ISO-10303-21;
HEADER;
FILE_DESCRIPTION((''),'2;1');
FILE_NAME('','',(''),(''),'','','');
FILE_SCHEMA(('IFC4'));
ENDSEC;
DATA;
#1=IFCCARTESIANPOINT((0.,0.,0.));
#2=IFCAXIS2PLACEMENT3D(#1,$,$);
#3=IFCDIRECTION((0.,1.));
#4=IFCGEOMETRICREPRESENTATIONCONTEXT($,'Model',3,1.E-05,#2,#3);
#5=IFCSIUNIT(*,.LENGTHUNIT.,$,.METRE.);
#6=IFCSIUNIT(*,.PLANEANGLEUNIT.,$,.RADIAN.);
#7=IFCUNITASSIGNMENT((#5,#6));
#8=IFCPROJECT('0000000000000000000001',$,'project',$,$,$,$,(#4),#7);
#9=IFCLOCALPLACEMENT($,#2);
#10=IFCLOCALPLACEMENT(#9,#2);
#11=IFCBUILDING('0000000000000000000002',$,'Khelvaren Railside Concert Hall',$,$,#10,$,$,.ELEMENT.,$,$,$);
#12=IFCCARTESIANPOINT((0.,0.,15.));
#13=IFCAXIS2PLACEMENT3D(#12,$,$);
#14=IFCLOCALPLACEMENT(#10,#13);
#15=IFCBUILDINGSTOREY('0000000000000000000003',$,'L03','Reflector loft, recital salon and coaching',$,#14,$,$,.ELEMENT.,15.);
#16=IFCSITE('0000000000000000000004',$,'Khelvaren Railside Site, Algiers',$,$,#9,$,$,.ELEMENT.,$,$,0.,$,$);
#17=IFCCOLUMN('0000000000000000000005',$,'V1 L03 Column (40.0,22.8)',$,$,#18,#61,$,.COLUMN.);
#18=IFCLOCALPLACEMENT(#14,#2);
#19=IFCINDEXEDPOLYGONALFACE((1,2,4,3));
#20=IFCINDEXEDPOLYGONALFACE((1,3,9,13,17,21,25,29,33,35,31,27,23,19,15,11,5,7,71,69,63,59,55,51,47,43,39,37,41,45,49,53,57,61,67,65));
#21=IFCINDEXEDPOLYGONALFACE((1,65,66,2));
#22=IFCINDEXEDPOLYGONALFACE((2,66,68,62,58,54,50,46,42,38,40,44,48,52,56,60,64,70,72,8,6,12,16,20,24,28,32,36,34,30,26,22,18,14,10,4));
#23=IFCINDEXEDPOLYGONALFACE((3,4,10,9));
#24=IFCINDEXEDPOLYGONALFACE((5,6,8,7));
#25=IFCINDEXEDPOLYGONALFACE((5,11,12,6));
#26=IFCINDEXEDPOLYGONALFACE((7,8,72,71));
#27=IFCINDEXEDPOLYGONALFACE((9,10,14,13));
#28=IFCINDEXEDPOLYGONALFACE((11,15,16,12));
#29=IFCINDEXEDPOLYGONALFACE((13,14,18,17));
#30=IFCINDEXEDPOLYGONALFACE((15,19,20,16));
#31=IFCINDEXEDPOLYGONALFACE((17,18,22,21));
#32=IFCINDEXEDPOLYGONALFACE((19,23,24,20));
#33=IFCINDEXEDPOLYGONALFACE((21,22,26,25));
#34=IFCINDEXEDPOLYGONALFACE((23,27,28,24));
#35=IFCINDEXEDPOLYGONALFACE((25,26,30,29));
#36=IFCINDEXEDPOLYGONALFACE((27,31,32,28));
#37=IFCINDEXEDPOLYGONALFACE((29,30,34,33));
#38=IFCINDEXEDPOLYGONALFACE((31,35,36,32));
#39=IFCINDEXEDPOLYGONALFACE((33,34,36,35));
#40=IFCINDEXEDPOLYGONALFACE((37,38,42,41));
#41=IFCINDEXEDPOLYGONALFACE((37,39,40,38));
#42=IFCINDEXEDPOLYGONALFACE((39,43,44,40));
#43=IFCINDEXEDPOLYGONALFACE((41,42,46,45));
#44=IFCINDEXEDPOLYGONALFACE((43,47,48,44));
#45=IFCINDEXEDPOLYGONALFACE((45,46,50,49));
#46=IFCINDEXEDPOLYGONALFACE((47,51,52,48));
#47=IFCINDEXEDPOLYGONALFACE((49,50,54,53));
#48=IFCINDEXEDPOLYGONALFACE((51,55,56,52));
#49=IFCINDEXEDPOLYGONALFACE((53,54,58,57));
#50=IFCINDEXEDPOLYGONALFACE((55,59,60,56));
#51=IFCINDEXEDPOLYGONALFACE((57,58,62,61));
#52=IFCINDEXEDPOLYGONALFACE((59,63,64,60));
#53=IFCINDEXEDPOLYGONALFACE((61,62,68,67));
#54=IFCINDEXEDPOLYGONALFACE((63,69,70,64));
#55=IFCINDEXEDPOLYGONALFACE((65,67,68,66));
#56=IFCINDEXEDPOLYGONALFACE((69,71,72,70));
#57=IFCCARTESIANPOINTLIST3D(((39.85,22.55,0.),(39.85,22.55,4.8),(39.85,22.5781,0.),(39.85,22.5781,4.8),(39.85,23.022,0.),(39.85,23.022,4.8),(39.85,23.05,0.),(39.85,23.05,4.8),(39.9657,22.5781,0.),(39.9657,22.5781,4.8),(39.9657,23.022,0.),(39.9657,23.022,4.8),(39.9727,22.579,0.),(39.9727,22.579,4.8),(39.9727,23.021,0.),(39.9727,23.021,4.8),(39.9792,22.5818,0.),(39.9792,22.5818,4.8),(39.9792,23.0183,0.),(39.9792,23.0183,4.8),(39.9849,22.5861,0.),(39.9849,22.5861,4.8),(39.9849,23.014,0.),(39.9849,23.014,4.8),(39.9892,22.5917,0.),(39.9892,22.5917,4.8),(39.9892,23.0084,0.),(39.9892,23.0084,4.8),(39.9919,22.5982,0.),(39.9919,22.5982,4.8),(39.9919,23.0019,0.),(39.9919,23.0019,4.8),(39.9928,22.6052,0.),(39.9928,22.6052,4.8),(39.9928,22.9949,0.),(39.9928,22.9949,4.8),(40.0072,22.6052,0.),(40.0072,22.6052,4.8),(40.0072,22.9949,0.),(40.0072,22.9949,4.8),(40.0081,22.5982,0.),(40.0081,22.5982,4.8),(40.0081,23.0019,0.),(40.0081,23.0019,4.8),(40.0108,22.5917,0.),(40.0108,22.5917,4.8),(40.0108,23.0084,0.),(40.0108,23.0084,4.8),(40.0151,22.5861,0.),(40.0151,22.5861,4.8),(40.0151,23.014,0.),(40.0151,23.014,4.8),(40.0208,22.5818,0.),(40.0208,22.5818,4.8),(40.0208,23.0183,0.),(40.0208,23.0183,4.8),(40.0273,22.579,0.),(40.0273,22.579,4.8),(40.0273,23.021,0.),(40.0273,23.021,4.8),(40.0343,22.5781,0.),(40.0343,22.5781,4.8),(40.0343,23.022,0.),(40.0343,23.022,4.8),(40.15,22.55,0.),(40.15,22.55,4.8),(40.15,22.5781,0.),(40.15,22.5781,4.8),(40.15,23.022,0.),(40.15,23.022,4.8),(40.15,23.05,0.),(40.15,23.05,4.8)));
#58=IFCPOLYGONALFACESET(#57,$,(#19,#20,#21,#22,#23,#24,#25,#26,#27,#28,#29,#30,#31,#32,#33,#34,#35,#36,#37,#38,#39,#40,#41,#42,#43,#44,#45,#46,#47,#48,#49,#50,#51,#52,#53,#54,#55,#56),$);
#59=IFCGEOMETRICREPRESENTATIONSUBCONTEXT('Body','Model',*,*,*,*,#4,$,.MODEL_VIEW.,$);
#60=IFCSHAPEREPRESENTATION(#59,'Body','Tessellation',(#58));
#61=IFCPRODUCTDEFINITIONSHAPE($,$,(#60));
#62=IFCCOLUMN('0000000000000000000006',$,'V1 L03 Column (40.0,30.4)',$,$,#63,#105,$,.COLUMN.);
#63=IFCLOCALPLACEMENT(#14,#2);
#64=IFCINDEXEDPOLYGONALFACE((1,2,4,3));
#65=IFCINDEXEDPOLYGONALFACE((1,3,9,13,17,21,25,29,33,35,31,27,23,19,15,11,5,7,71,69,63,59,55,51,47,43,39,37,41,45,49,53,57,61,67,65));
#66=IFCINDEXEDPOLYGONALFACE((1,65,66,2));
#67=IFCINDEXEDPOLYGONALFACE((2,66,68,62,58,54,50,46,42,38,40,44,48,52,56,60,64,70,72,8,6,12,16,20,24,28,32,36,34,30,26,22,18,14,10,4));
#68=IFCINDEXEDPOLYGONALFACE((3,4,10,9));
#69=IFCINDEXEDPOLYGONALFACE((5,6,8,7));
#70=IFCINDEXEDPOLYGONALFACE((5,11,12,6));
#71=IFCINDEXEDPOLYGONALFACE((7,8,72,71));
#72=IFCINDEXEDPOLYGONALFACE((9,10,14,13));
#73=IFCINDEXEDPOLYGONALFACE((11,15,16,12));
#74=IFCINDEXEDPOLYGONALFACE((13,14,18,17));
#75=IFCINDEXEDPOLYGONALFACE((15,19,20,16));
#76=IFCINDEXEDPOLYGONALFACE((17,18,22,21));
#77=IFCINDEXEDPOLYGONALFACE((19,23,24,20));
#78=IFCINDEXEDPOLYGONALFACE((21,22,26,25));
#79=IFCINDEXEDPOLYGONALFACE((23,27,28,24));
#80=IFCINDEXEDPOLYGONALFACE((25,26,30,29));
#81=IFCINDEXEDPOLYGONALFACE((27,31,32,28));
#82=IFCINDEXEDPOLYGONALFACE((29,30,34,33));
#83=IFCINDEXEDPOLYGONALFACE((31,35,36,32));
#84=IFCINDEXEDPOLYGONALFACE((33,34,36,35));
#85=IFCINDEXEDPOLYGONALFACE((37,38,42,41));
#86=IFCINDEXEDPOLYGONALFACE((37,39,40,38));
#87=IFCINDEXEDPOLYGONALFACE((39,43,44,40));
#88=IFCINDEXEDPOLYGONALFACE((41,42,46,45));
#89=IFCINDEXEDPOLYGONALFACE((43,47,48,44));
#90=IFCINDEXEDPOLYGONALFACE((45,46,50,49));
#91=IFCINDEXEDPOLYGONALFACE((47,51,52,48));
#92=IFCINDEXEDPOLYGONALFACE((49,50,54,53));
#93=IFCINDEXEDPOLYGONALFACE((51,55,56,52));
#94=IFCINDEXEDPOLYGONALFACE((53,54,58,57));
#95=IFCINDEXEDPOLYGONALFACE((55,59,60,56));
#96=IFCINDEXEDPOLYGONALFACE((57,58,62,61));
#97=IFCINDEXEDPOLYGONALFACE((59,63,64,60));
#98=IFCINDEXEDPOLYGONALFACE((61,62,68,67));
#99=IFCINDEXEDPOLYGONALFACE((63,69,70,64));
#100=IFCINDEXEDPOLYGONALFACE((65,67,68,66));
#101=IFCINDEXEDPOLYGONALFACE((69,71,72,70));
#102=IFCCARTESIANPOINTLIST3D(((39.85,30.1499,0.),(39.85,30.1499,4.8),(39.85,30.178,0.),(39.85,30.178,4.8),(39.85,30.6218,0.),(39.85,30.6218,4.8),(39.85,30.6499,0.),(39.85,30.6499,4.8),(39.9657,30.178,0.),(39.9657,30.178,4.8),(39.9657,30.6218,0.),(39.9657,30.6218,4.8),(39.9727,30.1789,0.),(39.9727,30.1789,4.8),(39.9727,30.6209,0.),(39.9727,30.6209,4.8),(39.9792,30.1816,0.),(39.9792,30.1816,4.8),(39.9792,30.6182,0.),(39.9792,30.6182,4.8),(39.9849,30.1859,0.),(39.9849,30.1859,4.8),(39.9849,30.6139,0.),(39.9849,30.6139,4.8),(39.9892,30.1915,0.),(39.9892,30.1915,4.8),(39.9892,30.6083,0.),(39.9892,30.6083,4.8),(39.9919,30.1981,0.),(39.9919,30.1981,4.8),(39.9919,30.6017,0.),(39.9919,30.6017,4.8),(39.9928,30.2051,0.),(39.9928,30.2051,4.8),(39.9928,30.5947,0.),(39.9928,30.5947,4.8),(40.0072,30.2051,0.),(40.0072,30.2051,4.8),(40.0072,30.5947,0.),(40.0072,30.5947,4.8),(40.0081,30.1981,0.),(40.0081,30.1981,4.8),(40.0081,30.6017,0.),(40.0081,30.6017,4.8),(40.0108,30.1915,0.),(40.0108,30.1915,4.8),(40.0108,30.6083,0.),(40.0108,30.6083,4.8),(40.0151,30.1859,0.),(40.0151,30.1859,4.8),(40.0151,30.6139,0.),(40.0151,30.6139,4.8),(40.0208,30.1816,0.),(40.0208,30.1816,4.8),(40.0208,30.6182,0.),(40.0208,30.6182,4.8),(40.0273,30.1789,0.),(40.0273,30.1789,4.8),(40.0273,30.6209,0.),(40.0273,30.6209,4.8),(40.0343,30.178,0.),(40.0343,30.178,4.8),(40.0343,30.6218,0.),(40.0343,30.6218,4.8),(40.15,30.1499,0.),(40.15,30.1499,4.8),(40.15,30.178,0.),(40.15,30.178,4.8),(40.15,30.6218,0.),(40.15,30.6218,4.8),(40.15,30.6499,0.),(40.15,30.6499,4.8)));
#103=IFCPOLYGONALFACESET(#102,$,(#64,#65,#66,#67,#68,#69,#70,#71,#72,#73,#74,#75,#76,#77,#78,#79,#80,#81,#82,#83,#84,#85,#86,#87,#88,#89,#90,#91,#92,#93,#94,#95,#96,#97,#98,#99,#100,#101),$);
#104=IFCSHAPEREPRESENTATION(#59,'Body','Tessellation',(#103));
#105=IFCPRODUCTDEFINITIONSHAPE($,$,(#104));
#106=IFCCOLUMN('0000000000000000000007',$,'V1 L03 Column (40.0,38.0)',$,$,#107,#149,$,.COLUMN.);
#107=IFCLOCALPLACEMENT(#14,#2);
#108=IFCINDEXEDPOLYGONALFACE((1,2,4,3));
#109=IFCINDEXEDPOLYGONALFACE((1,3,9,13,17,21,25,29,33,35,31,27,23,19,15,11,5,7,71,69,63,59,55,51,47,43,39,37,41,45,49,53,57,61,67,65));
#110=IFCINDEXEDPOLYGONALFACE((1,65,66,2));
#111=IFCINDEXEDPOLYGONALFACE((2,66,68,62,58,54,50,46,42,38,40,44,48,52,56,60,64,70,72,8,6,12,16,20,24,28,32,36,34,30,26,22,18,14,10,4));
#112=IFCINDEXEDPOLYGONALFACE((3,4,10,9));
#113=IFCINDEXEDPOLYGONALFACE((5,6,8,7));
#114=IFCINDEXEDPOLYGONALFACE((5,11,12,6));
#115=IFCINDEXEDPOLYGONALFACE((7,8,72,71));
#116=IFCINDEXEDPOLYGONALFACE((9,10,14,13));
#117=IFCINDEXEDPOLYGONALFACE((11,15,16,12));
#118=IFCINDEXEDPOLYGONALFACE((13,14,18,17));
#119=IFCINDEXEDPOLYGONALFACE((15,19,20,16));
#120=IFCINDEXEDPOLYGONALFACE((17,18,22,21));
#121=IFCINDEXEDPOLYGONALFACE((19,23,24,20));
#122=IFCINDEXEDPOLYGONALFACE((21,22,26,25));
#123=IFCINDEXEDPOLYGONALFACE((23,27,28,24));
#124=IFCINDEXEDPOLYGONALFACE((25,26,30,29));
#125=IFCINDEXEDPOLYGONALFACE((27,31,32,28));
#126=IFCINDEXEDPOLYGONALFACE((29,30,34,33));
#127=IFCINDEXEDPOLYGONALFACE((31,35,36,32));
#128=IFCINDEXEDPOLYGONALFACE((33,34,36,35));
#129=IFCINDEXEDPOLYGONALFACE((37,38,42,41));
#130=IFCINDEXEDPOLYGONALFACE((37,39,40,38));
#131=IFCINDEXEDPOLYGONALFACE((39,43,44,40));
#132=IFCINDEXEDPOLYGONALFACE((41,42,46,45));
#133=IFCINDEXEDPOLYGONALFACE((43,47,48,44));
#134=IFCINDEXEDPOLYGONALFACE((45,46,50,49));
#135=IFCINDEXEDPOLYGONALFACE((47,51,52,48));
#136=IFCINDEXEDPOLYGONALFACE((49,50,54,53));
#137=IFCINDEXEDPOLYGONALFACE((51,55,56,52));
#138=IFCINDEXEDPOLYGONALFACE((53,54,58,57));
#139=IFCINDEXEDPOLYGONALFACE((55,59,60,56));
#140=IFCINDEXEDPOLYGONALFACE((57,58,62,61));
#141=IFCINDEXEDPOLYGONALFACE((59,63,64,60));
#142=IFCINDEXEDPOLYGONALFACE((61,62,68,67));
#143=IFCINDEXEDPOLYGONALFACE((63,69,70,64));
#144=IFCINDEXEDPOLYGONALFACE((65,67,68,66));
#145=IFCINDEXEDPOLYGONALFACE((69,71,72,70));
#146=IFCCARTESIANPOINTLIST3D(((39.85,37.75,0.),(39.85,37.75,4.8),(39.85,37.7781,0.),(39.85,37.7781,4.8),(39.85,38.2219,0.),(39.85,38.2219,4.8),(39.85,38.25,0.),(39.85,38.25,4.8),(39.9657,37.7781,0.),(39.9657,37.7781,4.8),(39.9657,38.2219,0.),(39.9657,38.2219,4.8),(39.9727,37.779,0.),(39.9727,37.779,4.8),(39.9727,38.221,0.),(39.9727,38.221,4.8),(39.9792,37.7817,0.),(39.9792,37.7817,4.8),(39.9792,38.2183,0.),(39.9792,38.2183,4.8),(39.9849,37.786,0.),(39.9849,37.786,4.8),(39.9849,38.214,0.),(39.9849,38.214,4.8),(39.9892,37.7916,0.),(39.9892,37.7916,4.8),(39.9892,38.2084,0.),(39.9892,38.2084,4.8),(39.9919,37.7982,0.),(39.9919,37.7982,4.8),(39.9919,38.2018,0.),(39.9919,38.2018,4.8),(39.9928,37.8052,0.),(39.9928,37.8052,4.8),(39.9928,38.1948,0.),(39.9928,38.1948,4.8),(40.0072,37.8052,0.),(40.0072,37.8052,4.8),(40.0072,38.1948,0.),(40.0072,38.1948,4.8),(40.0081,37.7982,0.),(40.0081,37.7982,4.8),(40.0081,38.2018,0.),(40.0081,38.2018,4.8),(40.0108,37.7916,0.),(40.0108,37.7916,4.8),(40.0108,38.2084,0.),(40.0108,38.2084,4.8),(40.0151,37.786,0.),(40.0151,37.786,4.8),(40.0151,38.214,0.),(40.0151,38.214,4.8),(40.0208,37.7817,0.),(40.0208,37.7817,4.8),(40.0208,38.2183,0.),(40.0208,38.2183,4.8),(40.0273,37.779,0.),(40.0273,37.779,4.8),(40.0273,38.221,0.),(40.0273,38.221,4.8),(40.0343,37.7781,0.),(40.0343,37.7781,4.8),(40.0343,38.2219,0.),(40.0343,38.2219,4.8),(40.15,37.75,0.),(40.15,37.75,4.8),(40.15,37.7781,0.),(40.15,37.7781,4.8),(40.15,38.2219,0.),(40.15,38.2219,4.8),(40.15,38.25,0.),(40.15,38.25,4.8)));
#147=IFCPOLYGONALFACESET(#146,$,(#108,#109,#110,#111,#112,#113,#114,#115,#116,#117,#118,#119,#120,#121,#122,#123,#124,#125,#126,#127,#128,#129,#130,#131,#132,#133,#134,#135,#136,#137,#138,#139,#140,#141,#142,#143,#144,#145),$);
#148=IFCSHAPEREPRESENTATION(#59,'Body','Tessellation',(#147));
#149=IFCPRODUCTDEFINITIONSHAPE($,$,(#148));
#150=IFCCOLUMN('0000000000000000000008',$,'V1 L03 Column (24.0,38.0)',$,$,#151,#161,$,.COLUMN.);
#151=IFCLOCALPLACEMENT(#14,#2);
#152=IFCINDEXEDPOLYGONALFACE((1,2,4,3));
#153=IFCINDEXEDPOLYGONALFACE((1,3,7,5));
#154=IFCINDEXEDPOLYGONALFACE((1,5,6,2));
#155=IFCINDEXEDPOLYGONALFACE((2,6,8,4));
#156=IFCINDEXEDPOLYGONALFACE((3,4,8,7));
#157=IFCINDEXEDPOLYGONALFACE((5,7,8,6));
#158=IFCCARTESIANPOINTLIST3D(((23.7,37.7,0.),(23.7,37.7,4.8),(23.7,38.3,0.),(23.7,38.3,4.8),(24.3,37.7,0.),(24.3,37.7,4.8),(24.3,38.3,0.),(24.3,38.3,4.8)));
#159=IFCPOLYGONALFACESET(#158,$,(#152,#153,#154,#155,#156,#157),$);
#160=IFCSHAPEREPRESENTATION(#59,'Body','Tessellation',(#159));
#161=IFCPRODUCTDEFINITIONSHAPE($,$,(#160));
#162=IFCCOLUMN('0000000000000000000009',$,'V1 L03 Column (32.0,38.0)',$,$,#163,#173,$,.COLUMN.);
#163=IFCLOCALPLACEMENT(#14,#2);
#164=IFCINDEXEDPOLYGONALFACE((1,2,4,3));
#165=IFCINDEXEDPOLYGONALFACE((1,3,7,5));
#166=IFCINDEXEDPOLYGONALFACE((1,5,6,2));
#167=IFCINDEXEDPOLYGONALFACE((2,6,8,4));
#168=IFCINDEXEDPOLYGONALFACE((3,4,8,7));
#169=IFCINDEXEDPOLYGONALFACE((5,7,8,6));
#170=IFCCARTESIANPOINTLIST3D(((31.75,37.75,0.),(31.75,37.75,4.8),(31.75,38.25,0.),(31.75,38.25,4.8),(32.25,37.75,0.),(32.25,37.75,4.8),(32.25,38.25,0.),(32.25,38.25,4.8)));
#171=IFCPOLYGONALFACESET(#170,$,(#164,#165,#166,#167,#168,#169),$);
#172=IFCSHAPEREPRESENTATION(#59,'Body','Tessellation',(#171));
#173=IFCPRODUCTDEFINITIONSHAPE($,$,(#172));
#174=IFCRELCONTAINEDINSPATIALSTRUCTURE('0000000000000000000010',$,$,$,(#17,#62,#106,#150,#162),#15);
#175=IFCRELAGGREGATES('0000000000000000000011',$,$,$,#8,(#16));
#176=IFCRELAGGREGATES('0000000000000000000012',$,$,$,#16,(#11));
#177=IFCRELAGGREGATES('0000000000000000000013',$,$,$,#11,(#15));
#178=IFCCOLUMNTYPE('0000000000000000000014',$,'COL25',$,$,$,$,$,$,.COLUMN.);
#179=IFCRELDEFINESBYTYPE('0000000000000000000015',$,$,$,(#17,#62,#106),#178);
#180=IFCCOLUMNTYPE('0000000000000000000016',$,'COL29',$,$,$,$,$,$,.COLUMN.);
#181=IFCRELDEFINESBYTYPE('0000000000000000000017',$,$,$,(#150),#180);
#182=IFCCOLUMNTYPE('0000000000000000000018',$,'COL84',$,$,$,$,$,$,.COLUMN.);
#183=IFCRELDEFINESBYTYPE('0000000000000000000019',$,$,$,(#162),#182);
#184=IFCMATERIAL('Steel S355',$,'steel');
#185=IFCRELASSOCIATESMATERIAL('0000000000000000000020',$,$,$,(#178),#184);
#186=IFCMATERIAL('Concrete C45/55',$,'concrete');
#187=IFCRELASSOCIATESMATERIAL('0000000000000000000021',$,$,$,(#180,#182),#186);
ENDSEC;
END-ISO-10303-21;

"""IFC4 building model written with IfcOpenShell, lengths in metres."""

from ifc_helpers import new_model, si_unit, direction, frame, origin, origin_2d, place, context, subcontext, project, spatial, rectangle, i_section, extrude, material, material_profile, profile_set, type_object, element, save


model = new_model("IFC4")

# Units and contexts
model_context = context("Model", 3, precision=1e-05, world=origin(), true_north=direction((0.0, 1.0)))
body_context = subcontext(model_context, "Body", "Model", "MODEL_VIEW")
ifc_project = project(units=[si_unit("LENGTHUNIT", "METRE"), si_unit("PLANEANGLEUNIT", "RADIAN")], contexts=[model_context])

# Site, building, storey
site_placement = place(None, origin())
site = spatial("IfcSite", under=ifc_project, at=site_placement, Name="Khelvaren Railside Site, Algiers", CompositionType="ELEMENT", RefElevation=0.0)
building_placement = place(site_placement, origin())
building = spatial("IfcBuilding", under=site, at=building_placement, Name="Khelvaren Railside Concert Hall", CompositionType="ELEMENT")
storey_placement = place(building_placement, frame((0.0, 0.0, 15.0)))
storey = spatial("IfcBuildingStorey", under=building, at=storey_placement, Name="L03", Description="Reflector loft, recital salon and coaching", CompositionType="ELEMENT", Elevation=15.0)

# Columns
ifc_material_1 = material(Name="Steel S355", Category="steel")
ifc_material_profile_1 = material_profile(ifc_material_1, i_section(OverallWidth=0.3, OverallDepth=0.5, WebThickness=0.0144, FlangeThickness=0.0281, FilletRadius=0.0271, at=origin_2d()), Name="HEB 500")
ifc_profile_set_1 = profile_set([ifc_material_profile_1], Name="Steel S355")
column_type_1 = type_object("IfcColumnType", Name="COL25", PredefinedType="COLUMN", material=ifc_profile_set_1)
for number, where, z_axis, x_axis, name in (
    (1, (40.0, 22.8, 0.0), (0.0, 0.0, 1.0), (1.0, 0.0, 0.0), "V1 L03 Column (40.0,22.8)"),
    (2, (40.0, 30.3999, 0.0), (0.0, 0.0, 1.0), (1.0, 0.0, 0.0), "V1 L03 Column (40.0,30.4)"),
    (3, (40.0, 38.0, 0.0), (0.0, 0.0, 1.0), (1.0, 0.0, 0.0), "V1 L03 Column (40.0,38.0)"),
):
    element("IfcColumn", number, at=place(storey_placement, frame(where, z_axis=z_axis, x_axis=x_axis)), inside=storey, type_object=column_type_1, Name=name, PredefinedType="COLUMN", context=body_context, shape_type="SweptSolid", body=[
        extrude(i_section(OverallWidth=0.3, OverallDepth=0.5, WebThickness=0.0144, FlangeThickness=0.0281, FilletRadius=0.0271, at=origin_2d()), origin(), (0.0, 0.0, 1.0), 4.8),
    ])
ifc_material_2 = material(Name="Concrete C45/55", Category="concrete")
ifc_material_profile_2 = material_profile(ifc_material_2, rectangle(XDim=0.6001, YDim=0.6001, at=origin_2d()), Name="RC 600x600")
ifc_profile_set_2 = profile_set([ifc_material_profile_2], Name="Concrete C45/55")
column_type_2 = type_object("IfcColumnType", Name="COL29", PredefinedType="COLUMN", material=ifc_profile_set_2)
column_1_placement = place(storey_placement, frame((24.0, 38.0, 0.0), z_axis=(0.0, 0.0, 1.0), x_axis=(1.0, 0.0, 0.0)))
element("IfcColumn", 4, at=column_1_placement, inside=storey, type_object=column_type_2, Name="V1 L03 Column (24.0,38.0)", PredefinedType="COLUMN", context=body_context, shape_type="SweptSolid", body=[
    extrude(rectangle(XDim=0.6001, YDim=0.6001, at=origin_2d()), origin(), (0.0, 0.0, 1.0), 4.8),
])
ifc_material_profile_3 = material_profile(ifc_material_2, rectangle(XDim=0.5, YDim=0.5, at=origin_2d()), Name="RC 500x500")
ifc_profile_set_3 = profile_set([ifc_material_profile_3], Name="Concrete C45/55")
column_type_3 = type_object("IfcColumnType", Name="COL84", PredefinedType="COLUMN", material=ifc_profile_set_3)
column_2_placement = place(storey_placement, frame((32.0, 38.0, 0.0), z_axis=(0.0, 0.0, 1.0), x_axis=(1.0, 0.0, 0.0)))
element("IfcColumn", 5, at=column_2_placement, inside=storey, type_object=column_type_3, Name="V1 L03 Column (32.0,38.0)", PredefinedType="COLUMN", context=body_context, shape_type="SweptSolid", body=[
    extrude(rectangle(XDim=0.5, YDim=0.5, at=origin_2d()), origin(), (0.0, 0.0, 1.0), 4.8),
])

save(model, "model.ifc")
